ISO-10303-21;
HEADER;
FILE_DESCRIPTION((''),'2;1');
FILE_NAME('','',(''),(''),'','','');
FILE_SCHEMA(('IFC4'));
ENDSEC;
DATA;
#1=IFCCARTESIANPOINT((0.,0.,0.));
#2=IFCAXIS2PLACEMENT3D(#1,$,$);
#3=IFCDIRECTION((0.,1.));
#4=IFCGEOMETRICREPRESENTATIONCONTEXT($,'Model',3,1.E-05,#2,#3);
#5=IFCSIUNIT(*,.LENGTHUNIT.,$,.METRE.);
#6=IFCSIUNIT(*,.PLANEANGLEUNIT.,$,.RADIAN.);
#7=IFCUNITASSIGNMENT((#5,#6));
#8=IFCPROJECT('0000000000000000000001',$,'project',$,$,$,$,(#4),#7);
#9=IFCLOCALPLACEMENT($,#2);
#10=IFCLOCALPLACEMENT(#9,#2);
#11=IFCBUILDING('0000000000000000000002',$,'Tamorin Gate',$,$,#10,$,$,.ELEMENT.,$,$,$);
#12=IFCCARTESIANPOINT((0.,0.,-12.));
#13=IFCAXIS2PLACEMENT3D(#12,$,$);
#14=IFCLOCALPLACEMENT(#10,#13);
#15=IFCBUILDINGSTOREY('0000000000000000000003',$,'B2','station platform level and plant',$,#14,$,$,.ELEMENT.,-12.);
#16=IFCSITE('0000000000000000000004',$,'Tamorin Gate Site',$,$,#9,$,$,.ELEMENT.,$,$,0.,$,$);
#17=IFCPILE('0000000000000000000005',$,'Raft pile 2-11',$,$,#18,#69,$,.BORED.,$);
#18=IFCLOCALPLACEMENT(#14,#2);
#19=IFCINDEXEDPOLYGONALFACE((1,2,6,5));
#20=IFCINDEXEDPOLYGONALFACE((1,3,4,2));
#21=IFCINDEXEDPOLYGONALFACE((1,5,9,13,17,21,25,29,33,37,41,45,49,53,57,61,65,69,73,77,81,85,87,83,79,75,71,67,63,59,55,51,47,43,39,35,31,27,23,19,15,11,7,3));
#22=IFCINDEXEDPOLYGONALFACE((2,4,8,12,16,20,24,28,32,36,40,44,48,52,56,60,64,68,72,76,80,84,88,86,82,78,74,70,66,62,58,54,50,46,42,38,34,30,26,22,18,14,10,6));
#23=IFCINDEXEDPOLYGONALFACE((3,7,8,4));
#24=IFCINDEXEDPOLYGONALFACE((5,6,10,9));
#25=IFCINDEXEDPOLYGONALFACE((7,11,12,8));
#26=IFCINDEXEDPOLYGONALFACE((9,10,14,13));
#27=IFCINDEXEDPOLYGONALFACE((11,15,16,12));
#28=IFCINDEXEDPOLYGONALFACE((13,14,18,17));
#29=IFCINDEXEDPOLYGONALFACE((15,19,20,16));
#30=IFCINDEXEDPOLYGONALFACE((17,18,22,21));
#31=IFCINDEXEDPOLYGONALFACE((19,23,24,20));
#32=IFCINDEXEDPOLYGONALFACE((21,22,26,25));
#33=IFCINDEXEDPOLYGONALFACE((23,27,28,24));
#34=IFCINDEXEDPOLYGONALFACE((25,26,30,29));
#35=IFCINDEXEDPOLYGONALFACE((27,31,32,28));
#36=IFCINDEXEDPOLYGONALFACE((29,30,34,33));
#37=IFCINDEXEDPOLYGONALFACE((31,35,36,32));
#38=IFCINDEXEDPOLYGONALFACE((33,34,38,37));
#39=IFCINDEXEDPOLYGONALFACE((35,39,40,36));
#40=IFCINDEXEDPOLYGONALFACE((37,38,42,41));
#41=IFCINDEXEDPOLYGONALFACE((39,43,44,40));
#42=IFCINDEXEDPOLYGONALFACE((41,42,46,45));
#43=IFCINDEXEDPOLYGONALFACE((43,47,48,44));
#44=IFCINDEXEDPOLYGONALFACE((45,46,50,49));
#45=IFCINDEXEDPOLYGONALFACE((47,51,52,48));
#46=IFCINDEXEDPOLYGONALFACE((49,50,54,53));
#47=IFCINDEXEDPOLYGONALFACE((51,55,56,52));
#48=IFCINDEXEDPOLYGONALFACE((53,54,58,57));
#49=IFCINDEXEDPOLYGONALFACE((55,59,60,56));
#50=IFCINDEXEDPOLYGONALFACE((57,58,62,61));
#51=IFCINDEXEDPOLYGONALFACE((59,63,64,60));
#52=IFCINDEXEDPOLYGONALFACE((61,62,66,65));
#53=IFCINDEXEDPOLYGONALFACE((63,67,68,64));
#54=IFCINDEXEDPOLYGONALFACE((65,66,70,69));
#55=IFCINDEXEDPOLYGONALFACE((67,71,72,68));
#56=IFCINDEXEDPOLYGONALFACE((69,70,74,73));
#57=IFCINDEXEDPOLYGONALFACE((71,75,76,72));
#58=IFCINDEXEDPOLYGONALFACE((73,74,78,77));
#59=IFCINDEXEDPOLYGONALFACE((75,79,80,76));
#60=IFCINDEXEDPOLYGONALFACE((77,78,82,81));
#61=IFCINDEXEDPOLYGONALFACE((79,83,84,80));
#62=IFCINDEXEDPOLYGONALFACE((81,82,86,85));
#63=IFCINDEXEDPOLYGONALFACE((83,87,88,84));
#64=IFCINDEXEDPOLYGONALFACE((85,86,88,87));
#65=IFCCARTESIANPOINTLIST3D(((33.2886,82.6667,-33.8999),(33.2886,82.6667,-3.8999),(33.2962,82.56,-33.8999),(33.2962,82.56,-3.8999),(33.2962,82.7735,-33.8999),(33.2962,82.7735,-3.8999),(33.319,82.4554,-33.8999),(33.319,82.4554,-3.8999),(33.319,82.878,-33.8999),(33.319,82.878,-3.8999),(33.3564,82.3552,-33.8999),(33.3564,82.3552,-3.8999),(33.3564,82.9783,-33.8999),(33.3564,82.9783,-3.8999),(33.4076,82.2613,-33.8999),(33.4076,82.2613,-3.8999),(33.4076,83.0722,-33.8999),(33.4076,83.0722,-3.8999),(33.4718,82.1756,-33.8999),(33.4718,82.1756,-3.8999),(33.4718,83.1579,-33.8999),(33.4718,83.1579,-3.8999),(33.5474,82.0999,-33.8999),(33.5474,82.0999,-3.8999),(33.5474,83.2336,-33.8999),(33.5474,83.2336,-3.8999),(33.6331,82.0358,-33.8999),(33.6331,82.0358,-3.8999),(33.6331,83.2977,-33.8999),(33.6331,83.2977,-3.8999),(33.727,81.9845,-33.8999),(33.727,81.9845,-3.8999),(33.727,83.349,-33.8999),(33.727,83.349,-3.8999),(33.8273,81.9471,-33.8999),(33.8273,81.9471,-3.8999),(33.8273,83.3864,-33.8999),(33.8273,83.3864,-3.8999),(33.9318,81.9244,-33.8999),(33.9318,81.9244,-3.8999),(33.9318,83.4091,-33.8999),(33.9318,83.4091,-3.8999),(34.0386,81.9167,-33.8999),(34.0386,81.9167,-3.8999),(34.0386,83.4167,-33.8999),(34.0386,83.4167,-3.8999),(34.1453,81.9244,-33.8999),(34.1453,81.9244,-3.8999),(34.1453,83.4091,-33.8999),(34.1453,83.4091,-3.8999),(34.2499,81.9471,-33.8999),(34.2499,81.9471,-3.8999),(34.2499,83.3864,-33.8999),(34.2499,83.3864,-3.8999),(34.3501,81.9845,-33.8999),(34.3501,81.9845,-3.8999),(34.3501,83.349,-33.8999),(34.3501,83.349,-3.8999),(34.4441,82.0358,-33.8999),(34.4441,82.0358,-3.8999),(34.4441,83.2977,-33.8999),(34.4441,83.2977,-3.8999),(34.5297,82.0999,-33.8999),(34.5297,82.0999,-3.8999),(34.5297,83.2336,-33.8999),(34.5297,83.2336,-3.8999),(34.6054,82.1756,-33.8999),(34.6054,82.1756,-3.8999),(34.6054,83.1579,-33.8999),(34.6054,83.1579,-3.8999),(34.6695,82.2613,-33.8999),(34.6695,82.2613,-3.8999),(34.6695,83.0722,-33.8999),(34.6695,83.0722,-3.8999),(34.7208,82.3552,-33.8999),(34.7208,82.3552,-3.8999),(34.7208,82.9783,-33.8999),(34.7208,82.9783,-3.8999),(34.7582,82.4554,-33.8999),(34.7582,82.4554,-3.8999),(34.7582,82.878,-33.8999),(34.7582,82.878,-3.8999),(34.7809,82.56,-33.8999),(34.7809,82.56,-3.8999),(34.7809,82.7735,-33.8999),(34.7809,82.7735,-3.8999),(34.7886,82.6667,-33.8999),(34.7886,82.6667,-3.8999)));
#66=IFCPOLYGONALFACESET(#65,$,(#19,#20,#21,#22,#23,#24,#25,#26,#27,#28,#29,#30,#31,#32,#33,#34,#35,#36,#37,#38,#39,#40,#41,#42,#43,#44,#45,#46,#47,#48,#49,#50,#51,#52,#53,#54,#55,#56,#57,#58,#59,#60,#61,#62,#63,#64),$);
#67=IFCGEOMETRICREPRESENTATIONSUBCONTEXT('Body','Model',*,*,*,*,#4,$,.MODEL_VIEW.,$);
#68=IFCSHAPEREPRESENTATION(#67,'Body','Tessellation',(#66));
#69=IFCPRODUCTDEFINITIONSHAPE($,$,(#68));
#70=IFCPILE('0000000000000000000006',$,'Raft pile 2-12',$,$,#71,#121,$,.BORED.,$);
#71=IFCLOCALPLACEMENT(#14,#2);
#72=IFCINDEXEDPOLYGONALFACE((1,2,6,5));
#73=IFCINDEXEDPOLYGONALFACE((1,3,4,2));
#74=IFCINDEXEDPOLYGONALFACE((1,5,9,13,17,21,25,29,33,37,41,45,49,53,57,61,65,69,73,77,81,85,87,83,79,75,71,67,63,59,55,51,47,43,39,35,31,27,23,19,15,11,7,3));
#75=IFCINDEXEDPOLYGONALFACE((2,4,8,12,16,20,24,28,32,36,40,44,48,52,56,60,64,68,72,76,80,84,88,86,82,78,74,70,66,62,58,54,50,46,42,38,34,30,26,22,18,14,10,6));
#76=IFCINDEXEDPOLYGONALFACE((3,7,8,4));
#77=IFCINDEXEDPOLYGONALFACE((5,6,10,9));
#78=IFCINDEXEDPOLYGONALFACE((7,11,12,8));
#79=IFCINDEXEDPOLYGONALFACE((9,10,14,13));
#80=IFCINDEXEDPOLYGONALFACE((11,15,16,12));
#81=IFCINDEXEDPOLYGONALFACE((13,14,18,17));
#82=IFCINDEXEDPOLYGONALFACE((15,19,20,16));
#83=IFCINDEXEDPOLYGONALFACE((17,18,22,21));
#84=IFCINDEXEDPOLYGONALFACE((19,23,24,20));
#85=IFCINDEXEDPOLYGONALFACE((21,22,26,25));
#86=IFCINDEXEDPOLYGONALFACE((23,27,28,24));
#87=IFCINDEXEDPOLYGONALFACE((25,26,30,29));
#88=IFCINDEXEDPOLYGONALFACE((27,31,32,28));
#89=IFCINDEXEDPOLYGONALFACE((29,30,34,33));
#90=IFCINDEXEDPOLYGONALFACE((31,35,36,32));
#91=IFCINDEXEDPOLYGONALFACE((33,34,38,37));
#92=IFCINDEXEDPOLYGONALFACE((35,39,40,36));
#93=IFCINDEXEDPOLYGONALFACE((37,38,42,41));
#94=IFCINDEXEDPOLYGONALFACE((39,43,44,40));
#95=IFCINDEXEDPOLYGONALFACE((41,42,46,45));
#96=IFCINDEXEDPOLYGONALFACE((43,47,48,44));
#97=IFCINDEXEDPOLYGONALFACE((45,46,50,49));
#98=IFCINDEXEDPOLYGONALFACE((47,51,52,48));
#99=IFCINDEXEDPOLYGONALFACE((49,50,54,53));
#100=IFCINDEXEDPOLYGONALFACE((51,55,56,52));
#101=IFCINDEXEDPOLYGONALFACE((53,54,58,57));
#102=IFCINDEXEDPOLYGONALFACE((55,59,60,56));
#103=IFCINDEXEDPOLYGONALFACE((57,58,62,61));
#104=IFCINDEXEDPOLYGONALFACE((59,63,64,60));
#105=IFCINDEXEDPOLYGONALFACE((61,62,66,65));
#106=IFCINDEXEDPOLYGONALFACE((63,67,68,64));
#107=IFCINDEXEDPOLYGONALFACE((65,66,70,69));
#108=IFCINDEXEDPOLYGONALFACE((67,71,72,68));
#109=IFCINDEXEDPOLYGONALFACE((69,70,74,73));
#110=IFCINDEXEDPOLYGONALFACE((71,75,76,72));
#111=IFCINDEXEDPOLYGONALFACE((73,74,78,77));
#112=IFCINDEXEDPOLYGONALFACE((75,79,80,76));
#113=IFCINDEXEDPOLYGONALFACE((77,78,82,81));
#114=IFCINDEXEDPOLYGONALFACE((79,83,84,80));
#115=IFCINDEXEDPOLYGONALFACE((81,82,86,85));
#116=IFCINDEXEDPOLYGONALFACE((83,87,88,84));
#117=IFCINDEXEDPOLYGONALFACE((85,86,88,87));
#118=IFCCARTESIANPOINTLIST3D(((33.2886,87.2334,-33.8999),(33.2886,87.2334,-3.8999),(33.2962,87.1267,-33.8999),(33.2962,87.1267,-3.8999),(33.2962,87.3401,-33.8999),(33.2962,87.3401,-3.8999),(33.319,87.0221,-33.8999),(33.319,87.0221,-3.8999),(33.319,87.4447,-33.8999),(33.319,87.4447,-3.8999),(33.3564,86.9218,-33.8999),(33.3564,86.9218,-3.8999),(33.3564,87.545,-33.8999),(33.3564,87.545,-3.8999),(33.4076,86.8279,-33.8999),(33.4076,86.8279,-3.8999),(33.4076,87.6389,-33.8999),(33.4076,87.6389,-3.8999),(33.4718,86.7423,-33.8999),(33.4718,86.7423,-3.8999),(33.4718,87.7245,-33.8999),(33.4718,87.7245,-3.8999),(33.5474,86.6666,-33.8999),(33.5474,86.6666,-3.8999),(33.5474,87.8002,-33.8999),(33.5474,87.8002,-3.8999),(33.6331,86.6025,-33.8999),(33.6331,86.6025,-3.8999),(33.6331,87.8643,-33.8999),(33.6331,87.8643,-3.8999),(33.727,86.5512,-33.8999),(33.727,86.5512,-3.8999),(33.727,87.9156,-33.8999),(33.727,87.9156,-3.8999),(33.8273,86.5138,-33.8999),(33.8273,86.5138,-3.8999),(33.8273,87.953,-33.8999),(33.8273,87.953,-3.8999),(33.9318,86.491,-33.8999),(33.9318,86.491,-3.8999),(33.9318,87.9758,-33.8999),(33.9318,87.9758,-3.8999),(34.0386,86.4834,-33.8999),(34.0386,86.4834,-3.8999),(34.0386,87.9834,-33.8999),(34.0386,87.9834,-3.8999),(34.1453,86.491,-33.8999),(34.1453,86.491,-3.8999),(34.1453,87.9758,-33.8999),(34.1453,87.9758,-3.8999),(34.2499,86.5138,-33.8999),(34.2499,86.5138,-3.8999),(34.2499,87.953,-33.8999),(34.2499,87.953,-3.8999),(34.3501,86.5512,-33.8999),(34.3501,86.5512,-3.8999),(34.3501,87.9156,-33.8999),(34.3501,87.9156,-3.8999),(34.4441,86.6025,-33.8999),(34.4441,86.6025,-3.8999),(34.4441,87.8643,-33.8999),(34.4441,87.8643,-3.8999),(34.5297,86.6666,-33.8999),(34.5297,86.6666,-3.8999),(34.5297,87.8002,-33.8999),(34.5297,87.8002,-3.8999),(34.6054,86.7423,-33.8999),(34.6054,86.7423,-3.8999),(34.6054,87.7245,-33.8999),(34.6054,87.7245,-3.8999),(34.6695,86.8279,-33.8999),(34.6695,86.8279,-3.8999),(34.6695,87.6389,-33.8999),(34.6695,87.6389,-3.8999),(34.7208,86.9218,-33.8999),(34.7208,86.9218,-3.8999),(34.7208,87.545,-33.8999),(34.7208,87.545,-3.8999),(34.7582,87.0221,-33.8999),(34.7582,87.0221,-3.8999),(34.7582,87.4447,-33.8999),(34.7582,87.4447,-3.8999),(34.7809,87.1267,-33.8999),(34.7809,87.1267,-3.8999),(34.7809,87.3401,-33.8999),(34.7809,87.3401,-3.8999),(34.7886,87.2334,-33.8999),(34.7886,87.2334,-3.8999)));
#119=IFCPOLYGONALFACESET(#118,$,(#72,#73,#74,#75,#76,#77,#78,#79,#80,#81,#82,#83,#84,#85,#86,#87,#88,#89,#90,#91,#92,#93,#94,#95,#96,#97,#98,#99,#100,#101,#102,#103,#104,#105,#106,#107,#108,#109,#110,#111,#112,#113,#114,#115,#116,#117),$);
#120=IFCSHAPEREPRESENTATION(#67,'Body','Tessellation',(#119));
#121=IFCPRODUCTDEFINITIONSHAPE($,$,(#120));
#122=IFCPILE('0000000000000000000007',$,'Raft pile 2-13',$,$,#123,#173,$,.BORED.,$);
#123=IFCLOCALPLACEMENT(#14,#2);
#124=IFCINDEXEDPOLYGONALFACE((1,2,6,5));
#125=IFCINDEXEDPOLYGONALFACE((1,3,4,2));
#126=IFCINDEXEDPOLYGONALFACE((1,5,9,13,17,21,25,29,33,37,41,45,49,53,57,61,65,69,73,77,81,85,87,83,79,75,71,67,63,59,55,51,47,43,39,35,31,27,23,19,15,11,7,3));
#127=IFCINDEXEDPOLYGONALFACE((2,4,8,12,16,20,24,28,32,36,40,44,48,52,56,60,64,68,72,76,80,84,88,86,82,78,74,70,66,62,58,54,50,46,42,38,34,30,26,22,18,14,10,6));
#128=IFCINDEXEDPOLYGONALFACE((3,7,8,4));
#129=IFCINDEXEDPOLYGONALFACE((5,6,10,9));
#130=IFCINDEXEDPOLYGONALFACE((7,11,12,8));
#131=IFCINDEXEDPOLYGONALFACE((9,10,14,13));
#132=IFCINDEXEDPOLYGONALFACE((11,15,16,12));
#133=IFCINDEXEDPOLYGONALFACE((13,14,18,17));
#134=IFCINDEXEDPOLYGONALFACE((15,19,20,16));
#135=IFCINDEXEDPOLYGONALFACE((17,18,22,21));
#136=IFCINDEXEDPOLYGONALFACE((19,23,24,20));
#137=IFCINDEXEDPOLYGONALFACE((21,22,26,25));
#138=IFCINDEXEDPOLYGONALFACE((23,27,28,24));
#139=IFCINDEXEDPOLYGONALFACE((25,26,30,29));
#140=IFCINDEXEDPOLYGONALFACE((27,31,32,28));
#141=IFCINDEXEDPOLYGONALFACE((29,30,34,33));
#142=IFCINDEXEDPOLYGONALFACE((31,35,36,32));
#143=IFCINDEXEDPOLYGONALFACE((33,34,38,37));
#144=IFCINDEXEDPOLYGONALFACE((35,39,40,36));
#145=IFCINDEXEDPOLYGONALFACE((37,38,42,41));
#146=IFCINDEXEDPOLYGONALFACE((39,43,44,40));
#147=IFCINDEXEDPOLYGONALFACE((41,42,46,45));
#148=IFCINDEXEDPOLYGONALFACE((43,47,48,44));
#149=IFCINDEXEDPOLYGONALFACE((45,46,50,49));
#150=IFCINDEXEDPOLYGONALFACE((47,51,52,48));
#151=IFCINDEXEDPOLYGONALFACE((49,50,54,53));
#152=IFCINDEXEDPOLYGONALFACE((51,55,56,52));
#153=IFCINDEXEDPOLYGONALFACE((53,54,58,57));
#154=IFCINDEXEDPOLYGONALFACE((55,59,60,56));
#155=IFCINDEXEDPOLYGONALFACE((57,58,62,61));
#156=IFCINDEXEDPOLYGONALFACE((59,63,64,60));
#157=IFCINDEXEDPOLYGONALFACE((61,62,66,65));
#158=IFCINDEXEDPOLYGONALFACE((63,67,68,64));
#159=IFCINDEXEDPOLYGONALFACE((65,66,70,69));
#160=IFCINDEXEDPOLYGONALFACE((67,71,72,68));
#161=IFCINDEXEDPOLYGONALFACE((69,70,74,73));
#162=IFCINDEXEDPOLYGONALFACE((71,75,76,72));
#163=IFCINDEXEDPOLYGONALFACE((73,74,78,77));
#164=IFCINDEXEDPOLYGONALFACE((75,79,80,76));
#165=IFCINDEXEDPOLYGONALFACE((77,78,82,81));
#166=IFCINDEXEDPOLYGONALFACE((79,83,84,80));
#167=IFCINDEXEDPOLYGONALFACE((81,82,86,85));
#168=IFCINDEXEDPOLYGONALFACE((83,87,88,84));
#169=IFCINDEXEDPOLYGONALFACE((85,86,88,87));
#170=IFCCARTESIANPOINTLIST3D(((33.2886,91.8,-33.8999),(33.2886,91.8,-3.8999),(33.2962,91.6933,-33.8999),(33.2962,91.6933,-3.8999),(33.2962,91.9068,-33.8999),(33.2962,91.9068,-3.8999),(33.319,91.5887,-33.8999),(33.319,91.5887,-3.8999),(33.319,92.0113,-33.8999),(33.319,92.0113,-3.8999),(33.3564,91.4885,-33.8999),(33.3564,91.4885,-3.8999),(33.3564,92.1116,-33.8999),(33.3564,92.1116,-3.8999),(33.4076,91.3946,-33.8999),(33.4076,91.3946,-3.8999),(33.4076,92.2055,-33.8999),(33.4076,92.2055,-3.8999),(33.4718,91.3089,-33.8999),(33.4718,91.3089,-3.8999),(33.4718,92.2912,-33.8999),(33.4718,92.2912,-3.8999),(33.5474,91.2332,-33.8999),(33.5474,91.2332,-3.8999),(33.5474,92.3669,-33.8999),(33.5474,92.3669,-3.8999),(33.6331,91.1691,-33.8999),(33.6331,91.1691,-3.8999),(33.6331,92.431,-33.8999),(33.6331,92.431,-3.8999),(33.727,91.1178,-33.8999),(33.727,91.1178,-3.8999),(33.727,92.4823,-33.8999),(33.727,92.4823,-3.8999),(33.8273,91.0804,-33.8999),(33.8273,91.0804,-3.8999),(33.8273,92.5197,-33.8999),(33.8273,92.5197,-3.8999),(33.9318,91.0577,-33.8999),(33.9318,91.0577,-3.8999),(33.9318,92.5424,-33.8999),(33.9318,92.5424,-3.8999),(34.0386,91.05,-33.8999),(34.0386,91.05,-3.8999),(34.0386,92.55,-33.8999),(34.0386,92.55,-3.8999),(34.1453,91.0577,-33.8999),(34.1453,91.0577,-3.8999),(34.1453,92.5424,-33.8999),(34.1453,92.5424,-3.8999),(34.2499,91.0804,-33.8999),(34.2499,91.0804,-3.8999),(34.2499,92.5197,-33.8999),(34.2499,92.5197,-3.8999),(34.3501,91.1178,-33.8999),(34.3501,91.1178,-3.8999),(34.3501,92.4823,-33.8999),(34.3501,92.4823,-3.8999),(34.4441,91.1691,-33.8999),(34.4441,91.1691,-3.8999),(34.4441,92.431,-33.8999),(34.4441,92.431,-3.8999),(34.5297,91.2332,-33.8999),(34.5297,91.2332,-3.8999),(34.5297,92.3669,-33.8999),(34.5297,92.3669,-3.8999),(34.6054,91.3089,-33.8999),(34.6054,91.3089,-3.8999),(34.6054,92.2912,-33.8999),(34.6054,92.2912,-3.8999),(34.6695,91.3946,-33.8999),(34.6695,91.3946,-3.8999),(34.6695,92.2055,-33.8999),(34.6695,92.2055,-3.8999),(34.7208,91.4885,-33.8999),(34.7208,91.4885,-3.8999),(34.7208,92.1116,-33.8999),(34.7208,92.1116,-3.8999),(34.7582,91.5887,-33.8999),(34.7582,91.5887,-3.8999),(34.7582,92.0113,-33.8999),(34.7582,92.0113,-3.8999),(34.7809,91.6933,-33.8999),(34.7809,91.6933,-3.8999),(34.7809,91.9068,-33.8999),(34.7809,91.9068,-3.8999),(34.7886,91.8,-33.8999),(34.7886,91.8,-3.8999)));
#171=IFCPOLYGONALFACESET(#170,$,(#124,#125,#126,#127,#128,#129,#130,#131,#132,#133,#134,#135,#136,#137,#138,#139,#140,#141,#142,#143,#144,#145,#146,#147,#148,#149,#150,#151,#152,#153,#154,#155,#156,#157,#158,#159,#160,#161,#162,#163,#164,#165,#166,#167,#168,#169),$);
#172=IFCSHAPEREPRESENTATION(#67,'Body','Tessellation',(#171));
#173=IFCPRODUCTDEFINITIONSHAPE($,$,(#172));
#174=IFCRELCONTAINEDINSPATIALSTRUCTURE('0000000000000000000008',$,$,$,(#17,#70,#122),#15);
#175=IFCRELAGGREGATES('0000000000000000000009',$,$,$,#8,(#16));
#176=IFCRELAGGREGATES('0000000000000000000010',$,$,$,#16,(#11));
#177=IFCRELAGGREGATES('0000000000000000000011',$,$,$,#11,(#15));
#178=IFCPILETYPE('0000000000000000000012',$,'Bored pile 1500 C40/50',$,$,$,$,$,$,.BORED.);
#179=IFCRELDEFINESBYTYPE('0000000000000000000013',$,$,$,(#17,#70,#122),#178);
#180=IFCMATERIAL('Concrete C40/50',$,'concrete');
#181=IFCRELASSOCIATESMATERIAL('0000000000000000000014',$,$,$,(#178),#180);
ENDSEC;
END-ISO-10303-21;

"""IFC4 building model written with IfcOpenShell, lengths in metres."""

from ifc_helpers import new_model, si_unit, direction, frame, origin, origin_2d, place, context, subcontext, project, spatial, circle, extrude, material, material_profile, profile_set, type_object, element, save


model = new_model("IFC4")

# Units and contexts
model_context = context("Model", 3, precision=1e-05, world=origin(), true_north=direction((0.0, 1.0)))
body_context = subcontext(model_context, "Body", "Model", "MODEL_VIEW")
ifc_project = project(units=[si_unit("LENGTHUNIT", "METRE"), si_unit("PLANEANGLEUNIT", "RADIAN")], contexts=[model_context])

# Site, building, storey
site_placement = place(None, origin())
site = spatial("IfcSite", under=ifc_project, at=site_placement, Name="Tamorin Gate Site", CompositionType="ELEMENT", RefElevation=0.0)
building_placement = place(site_placement, origin())
building = spatial("IfcBuilding", under=site, at=building_placement, Name="Tamorin Gate", CompositionType="ELEMENT")
storey_placement = place(building_placement, frame((0.0, 0.0, -12.0)))
storey = spatial("IfcBuildingStorey", under=building, at=storey_placement, Name="B2", Description="station platform level and plant", CompositionType="ELEMENT", Elevation=-12.0)

# Piles
ifc_material_1 = material(Name="Concrete C40/50", Category="concrete")
ifc_material_profile_1 = material_profile(ifc_material_1, circle(Radius=0.75, at=origin_2d()))
ifc_profile_set_1 = profile_set([ifc_material_profile_1], Name="Concrete C40/50")
pile_type = type_object("IfcPileType", Name="Bored pile 1500 C40/50", PredefinedType="BORED", material=ifc_profile_set_1)
for number, where, z_axis, x_axis, name in (
    (1, (34.0386, 82.6667, -3.8999), (0.0, 0.0, -1.0), (1.0, 0.0, 0.0), "Raft pile 2-11"),
    (2, (34.0386, 87.2334, -3.8999), (0.0, 0.0, -1.0), (1.0, 0.0, 0.0), "Raft pile 2-12"),
    (3, (34.0386, 91.8, -3.8999), (0.0, 0.0, -1.0), (1.0, 0.0, 0.0), "Raft pile 2-13"),
):
    element("IfcPile", number, at=place(storey_placement, frame(where, z_axis=z_axis, x_axis=x_axis)), inside=storey, type_object=pile_type, Name=name, PredefinedType="BORED", context=body_context, shape_type="SweptSolid", body=[
        extrude(circle(Radius=0.75, at=origin_2d()), origin(), (0.0, 0.0, 1.0), 30.0),
    ])

save(model, "model.ifc")
